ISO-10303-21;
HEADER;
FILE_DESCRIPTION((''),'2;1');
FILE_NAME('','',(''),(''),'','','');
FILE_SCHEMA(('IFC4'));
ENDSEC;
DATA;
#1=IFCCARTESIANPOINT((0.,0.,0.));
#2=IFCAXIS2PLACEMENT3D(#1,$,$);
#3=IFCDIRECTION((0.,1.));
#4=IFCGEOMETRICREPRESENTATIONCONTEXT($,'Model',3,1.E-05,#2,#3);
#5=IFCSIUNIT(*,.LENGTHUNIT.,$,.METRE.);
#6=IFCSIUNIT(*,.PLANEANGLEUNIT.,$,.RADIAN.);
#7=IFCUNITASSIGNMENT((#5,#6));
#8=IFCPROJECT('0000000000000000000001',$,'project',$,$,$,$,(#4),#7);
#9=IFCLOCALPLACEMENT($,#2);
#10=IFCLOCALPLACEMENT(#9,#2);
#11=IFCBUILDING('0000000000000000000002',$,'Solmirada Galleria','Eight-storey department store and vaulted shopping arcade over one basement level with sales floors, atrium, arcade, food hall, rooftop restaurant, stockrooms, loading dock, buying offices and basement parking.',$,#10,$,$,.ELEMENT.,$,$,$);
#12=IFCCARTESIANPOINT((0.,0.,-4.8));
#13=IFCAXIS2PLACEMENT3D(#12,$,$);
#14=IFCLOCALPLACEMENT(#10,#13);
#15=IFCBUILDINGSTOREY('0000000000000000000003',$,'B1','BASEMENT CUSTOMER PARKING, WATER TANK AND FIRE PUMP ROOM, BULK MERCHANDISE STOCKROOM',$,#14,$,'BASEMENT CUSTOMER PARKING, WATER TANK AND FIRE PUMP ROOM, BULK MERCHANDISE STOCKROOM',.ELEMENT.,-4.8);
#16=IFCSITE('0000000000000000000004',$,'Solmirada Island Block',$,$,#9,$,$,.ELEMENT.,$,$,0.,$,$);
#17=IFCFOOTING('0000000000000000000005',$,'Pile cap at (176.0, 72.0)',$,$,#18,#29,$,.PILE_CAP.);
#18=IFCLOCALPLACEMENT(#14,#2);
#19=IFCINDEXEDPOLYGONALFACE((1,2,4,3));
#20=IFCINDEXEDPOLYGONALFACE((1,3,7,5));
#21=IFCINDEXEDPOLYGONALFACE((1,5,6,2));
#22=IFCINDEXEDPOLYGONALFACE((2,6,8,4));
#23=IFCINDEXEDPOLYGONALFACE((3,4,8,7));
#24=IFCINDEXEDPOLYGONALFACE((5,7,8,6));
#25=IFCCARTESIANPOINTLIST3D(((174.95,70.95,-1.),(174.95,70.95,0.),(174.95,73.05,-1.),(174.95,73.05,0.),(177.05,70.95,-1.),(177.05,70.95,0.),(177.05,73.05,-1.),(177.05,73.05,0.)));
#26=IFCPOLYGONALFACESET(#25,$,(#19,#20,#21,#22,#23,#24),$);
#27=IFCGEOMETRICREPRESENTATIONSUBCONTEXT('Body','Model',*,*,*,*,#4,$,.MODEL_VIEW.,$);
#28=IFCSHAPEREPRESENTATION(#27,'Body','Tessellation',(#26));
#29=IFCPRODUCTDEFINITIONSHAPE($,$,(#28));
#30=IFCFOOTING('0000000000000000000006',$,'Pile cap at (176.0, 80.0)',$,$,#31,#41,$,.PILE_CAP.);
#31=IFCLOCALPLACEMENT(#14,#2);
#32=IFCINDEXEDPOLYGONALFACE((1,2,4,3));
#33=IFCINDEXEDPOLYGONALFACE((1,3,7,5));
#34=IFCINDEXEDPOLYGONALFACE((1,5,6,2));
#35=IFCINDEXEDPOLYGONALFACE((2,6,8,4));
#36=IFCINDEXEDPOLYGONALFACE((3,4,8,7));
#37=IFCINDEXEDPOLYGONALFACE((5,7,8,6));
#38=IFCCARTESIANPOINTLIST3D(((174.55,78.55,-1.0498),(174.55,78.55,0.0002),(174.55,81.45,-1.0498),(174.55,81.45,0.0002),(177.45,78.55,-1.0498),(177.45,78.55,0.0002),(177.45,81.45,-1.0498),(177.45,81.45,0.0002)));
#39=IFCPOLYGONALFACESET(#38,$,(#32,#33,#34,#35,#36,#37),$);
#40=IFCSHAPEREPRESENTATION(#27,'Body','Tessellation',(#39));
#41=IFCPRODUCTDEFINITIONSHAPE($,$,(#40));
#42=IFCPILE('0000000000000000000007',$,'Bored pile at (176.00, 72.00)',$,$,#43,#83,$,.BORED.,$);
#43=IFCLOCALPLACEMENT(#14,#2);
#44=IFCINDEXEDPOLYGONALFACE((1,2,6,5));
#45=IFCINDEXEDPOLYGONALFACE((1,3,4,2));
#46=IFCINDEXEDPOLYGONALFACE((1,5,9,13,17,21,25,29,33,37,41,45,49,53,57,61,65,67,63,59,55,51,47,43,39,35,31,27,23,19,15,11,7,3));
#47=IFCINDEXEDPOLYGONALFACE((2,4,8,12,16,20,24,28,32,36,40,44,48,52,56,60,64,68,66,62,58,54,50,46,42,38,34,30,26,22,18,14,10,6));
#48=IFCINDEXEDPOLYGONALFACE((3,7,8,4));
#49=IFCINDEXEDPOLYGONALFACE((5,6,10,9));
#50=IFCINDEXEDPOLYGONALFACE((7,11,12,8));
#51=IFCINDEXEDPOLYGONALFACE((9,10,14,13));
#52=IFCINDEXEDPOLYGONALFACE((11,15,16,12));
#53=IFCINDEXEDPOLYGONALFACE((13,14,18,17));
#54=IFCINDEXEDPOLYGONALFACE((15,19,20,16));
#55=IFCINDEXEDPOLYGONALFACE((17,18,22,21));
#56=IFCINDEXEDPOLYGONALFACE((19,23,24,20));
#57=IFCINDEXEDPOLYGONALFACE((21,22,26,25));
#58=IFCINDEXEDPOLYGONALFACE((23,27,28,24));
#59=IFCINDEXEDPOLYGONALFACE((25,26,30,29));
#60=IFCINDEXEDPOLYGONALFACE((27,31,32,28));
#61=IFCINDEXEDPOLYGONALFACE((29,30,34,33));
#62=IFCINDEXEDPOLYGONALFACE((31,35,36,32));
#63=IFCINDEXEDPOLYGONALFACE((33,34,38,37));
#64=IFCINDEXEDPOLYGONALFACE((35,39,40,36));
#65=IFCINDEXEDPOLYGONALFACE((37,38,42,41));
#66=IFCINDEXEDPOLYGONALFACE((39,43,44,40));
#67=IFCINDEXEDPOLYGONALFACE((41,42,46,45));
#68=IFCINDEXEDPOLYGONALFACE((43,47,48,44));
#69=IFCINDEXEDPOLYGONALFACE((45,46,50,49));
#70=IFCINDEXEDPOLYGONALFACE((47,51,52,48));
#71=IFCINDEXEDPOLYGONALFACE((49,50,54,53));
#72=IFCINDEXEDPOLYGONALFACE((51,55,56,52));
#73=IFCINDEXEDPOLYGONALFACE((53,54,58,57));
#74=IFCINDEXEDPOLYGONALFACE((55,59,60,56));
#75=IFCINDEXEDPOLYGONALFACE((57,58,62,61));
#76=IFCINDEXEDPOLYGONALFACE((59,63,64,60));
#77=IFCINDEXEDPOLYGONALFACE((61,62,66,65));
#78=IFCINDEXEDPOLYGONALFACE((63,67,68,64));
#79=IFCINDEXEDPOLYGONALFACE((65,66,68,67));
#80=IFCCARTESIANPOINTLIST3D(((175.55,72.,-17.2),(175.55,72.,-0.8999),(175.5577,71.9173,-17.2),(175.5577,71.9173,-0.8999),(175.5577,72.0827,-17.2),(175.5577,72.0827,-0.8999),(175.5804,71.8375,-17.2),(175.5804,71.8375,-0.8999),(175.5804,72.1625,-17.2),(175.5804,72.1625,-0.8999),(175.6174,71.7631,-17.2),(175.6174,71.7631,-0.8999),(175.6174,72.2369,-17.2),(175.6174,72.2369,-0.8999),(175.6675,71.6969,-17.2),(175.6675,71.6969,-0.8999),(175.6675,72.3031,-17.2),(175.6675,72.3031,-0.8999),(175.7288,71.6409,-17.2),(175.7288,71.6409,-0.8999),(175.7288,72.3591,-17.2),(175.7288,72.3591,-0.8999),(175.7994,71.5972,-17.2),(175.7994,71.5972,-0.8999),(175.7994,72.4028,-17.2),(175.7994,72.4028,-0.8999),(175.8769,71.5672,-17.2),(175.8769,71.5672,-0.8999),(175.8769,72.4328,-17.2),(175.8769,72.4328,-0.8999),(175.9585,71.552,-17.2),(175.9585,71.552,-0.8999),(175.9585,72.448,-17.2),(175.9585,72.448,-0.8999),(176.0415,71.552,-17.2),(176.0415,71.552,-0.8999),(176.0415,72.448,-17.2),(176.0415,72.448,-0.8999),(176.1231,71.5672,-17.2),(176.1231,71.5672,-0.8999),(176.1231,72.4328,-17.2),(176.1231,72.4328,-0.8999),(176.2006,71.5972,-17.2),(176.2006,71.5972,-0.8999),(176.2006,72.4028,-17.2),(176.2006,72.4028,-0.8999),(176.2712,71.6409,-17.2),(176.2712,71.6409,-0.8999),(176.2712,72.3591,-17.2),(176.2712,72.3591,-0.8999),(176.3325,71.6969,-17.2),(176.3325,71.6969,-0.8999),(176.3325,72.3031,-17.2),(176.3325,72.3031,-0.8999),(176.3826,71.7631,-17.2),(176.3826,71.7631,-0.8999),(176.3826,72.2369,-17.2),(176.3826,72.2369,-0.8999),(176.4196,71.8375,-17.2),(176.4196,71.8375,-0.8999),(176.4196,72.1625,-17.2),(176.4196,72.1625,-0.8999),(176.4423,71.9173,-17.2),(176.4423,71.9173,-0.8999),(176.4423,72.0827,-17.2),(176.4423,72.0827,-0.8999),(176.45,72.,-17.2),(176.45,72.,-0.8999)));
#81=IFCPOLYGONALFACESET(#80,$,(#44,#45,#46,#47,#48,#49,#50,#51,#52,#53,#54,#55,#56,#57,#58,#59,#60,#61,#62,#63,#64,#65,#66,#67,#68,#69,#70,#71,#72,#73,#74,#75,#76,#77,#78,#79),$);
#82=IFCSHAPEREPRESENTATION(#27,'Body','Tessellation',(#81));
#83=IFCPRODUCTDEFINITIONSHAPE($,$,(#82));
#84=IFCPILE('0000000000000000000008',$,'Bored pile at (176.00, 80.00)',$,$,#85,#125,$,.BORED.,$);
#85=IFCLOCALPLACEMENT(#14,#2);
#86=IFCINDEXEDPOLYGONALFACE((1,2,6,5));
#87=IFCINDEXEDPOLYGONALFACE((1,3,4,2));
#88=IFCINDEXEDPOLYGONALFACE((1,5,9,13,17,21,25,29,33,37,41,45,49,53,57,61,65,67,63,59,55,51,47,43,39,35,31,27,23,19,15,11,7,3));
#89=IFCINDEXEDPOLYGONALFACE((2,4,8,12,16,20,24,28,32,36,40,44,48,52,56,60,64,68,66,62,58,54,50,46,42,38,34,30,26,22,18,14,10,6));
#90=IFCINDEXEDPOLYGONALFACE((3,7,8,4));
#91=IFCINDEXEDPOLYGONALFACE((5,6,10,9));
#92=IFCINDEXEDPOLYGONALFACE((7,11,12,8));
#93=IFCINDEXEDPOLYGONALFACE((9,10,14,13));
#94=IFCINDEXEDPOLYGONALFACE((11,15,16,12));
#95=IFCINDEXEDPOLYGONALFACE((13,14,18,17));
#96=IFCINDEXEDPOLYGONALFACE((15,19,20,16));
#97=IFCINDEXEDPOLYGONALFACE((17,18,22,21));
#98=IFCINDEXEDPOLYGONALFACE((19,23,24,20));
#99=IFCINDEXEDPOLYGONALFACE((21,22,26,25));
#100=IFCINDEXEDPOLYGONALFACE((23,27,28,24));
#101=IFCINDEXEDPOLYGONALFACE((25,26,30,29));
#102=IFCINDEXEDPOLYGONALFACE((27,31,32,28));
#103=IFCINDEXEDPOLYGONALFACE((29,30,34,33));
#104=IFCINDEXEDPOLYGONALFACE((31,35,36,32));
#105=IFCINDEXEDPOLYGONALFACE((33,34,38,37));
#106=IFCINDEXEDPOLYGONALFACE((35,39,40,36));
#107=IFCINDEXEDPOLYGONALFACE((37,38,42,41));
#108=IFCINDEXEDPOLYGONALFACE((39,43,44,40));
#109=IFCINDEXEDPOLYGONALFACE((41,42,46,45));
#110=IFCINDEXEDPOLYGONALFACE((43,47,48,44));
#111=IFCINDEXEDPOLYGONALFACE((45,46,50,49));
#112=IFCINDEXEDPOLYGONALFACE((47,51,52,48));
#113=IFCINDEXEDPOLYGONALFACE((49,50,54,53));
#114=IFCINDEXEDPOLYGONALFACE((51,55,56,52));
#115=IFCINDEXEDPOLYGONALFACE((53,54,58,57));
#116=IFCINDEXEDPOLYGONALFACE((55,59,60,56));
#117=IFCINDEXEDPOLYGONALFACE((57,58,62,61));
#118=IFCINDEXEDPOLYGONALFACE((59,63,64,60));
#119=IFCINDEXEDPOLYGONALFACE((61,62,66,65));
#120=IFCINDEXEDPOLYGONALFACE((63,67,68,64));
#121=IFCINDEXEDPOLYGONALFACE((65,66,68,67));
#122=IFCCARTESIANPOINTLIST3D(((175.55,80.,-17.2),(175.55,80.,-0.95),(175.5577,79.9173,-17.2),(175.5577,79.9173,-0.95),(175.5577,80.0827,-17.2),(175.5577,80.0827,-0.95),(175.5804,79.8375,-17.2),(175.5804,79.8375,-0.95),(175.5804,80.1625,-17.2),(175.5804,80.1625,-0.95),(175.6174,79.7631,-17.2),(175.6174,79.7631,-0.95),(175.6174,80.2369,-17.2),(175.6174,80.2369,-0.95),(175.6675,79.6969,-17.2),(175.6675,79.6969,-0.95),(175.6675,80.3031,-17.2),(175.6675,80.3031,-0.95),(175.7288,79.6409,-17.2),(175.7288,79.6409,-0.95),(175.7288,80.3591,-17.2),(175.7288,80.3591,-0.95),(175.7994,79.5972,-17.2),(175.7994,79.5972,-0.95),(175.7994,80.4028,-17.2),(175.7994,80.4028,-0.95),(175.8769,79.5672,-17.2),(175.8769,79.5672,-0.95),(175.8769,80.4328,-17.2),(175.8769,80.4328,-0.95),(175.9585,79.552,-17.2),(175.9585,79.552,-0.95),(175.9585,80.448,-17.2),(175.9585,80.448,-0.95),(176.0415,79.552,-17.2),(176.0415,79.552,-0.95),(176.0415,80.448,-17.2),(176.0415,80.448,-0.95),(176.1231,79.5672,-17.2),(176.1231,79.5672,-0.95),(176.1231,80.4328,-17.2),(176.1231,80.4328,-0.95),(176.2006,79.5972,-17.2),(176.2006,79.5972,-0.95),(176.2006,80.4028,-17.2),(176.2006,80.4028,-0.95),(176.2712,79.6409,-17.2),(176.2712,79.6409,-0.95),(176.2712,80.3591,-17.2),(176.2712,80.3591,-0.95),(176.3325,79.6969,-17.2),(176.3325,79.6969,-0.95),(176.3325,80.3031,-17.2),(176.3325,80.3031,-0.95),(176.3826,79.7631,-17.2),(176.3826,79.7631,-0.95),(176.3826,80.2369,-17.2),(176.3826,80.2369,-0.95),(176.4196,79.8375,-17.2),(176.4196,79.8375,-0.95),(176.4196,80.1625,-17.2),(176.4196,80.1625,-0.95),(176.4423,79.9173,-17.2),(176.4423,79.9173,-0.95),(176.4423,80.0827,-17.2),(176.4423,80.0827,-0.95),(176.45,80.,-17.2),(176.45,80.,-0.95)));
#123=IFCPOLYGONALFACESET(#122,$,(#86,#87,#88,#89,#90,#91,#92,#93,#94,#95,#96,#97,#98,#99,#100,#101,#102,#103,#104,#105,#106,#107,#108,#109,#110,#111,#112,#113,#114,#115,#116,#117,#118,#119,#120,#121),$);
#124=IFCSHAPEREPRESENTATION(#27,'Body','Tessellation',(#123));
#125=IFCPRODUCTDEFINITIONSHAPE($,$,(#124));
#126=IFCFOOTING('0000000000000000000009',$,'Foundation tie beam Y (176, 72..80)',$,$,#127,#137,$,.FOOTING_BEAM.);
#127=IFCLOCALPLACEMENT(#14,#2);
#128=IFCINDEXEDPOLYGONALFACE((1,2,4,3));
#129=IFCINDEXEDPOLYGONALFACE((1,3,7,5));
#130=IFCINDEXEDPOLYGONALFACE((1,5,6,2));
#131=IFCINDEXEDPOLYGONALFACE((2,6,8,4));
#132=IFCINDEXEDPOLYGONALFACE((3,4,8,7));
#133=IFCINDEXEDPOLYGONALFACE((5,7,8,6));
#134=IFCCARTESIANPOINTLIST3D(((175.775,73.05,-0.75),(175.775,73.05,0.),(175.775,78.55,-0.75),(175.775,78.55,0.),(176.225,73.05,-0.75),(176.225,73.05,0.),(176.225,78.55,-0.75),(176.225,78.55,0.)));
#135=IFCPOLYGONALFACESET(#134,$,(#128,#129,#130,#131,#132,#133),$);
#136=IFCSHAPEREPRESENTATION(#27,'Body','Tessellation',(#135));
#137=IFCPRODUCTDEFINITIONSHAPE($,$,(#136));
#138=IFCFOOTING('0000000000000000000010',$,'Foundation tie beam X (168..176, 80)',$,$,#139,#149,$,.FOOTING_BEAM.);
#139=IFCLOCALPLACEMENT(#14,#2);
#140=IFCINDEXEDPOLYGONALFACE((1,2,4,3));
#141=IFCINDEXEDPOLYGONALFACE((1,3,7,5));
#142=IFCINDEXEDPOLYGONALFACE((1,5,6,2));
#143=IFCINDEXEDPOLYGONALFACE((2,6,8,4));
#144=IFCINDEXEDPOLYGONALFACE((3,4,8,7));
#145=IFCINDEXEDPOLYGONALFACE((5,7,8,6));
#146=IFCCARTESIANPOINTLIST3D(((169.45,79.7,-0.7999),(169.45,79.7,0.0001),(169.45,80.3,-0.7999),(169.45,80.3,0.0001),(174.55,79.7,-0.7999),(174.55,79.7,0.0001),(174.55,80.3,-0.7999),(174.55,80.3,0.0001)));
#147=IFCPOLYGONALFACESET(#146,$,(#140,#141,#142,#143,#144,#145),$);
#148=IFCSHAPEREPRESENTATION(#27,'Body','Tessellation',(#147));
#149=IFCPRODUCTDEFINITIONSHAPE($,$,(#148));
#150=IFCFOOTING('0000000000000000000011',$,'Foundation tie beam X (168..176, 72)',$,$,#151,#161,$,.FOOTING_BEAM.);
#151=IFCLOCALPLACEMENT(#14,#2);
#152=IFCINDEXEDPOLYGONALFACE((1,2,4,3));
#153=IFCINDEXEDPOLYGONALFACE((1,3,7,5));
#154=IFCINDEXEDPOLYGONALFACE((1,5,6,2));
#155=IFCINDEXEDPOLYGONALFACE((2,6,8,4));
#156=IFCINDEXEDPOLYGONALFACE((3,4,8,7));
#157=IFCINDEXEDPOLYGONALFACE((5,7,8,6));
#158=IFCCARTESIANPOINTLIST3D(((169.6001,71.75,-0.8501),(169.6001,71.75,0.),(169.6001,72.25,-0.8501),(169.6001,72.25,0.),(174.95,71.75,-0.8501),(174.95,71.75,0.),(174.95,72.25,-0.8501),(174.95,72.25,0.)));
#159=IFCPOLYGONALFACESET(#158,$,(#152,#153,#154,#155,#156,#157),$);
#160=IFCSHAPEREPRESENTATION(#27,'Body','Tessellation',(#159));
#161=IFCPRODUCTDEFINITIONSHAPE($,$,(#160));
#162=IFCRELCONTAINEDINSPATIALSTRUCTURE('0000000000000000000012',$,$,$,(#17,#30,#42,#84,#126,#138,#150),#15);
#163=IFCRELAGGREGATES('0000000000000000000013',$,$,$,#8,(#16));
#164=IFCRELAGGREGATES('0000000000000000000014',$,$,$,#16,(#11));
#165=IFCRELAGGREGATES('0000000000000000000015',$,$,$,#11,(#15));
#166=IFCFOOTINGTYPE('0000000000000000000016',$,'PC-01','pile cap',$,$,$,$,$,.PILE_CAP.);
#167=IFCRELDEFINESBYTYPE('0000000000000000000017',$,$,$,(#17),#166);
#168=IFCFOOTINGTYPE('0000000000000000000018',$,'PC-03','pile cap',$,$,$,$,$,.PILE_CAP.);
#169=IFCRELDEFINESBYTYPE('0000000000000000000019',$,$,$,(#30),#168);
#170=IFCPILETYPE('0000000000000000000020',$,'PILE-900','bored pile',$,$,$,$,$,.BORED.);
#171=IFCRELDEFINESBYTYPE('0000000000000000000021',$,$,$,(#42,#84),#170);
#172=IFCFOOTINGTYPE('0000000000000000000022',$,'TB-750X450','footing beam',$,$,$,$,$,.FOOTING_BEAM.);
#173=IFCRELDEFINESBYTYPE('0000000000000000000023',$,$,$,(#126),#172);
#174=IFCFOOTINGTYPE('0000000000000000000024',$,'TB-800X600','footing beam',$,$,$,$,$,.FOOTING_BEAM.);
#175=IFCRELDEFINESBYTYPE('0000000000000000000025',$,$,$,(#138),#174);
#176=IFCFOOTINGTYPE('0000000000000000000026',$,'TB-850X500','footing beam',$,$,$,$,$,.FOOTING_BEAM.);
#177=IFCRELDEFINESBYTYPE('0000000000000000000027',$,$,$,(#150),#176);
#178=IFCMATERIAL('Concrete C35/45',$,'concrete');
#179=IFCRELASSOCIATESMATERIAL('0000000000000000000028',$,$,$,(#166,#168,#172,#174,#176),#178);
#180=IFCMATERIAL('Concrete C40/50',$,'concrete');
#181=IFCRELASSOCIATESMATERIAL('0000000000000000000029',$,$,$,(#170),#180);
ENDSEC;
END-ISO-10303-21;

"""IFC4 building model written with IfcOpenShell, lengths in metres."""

from ifc_helpers import new_model, si_unit, direction, frame, origin, origin_2d, place, context, subcontext, project, spatial, rectangle, circle, extrude, material, material_profile, profile_set, type_object, element, save


model = new_model("IFC4")

# Units and contexts
model_context = context("Model", 3, precision=1e-05, world=origin(), true_north=direction((0.0, 1.0)))
body_context = subcontext(model_context, "Body", "Model", "MODEL_VIEW")
ifc_project = project(units=[si_unit("LENGTHUNIT", "METRE"), si_unit("PLANEANGLEUNIT", "RADIAN")], contexts=[model_context])

# Site, building, storey
site_placement = place(None, origin())
site = spatial("IfcSite", under=ifc_project, at=site_placement, Name="Solmirada Island Block", CompositionType="ELEMENT", RefElevation=0.0)
building_placement = place(site_placement, origin())
building = spatial("IfcBuilding", under=site, at=building_placement, Name="Solmirada Galleria", Description="Eight-storey department store and vaulted shopping arcade over one basement level with sales floors, atrium, arcade, food hall, rooftop restaurant, stockrooms, loading dock, buying offices and basement parking.", CompositionType="ELEMENT")
storey_placement = place(building_placement, frame((0.0, 0.0, -4.8)))
storey = spatial("IfcBuildingStorey", under=building, at=storey_placement, Name="B1", Description="BASEMENT CUSTOMER PARKING, WATER TANK AND FIRE PUMP ROOM, BULK MERCHANDISE STOCKROOM", LongName="BASEMENT CUSTOMER PARKING, WATER TANK AND FIRE PUMP ROOM, BULK MERCHANDISE STOCKROOM", CompositionType="ELEMENT", Elevation=-4.8)

# Footings
ifc_material_1 = material(Name="Concrete C35/45", Category="concrete")
footing_type_1 = type_object("IfcFootingType", Name="PC-01", Description="pile cap", PredefinedType="PILE_CAP", material=ifc_material_1)
footing_1_placement = place(storey_placement, frame((176.0, 72.0, -1.0), z_axis=(0.0, 0.0, 1.0), x_axis=(1.0, 0.0, 0.0)))
element("IfcFooting", 1, at=footing_1_placement, inside=storey, type_object=footing_type_1, Name="Pile cap at (176.0, 72.0)", PredefinedType="PILE_CAP", context=body_context, shape_type="SweptSolid", body=[
    extrude(rectangle(XDim=2.1001, YDim=2.1001, at=origin_2d()), origin(), (0.0, 0.0, 1.0), 1.0),
])
footing_type_2 = type_object("IfcFootingType", Name="PC-03", Description="pile cap", PredefinedType="PILE_CAP", material=ifc_material_1)
footing_2_placement = place(storey_placement, frame((176.0, 80.0, -1.0498), z_axis=(0.0, 0.0, 1.0), x_axis=(1.0, 0.0, 0.0)))
element("IfcFooting", 2, at=footing_2_placement, inside=storey, type_object=footing_type_2, Name="Pile cap at (176.0, 80.0)", PredefinedType="PILE_CAP", context=body_context, shape_type="SweptSolid", body=[
    extrude(rectangle(XDim=2.8999, YDim=2.8999, at=origin_2d()), origin(), (0.0, 0.0, 1.0), 1.05),
])

# Piles
ifc_material_2 = material(Name="Concrete C40/50", Category="concrete")
ifc_material_profile_1 = material_profile(ifc_material_2, circle(Radius=0.45, at=origin_2d()), Name="PILE900")
ifc_profile_set_1 = profile_set([ifc_material_profile_1], Name="Concrete C40/50")
pile_type = type_object("IfcPileType", Name="PILE-900", Description="bored pile", PredefinedType="BORED", material=ifc_profile_set_1)
pile_1_placement = place(storey_placement, frame((176.0, 72.0, -0.8999), z_axis=(0.0, 0.0, -1.0), x_axis=(1.0, 0.0, 0.0)))
element("IfcPile", 3, at=pile_1_placement, inside=storey, type_object=pile_type, Name="Bored pile at (176.00, 72.00)", PredefinedType="BORED", context=body_context, shape_type="SweptSolid", body=[
    extrude(circle(Radius=0.45, at=origin_2d()), origin(), (0.0, 0.0, 1.0), 16.3),
])
pile_2_placement = place(storey_placement, frame((176.0, 80.0, -0.95), z_axis=(0.0, 0.0, -1.0), x_axis=(1.0, 0.0, 0.0)))
element("IfcPile", 4, at=pile_2_placement, inside=storey, type_object=pile_type, Name="Bored pile at (176.00, 80.00)", PredefinedType="BORED", context=body_context, shape_type="SweptSolid", body=[
    extrude(circle(Radius=0.45, at=origin_2d()), origin(), (0.0, 0.0, 1.0), 16.25),
])

# Footings
ifc_material_profile_2 = material_profile(ifc_material_1, rectangle(XDim=0.45, YDim=0.75, at=origin_2d()), Name="RC750X450")
ifc_profile_set_2 = profile_set([ifc_material_profile_2], Name="Concrete C35/45")
footing_type_3 = type_object("IfcFootingType", Name="TB-750X450", Description="footing beam", PredefinedType="FOOTING_BEAM", material=ifc_profile_set_2)
footing_3_placement = place(storey_placement, frame((176.0, 73.05, -0.375), z_axis=(0.0, 1.0, 0.0), x_axis=(-1.0, 0.0, 0.0)))
element("IfcFooting", 5, at=footing_3_placement, inside=storey, type_object=footing_type_3, Name="Foundation tie beam Y (176, 72..80)", PredefinedType="FOOTING_BEAM", context=body_context, shape_type="SweptSolid", body=[
    extrude(rectangle(XDim=0.45, YDim=0.75, at=origin_2d()), origin(), (0.0, 0.0, 1.0), 5.5),
])
ifc_material_profile_3 = material_profile(ifc_material_1, rectangle(XDim=0.6001, YDim=0.8, at=origin_2d()), Name="RC800X600")
ifc_profile_set_3 = profile_set([ifc_material_profile_3], Name="Concrete C35/45")
footing_type_4 = type_object("IfcFootingType", Name="TB-800X600", Description="footing beam", PredefinedType="FOOTING_BEAM", material=ifc_profile_set_3)
footing_4_placement = place(storey_placement, frame((169.45, 80.0, -0.3999), z_axis=(1.0, 0.0, 0.0), x_axis=(0.0, 1.0, 0.0)))
element("IfcFooting", 6, at=footing_4_placement, inside=storey, type_object=footing_type_4, Name="Foundation tie beam X (168..176, 80)", PredefinedType="FOOTING_BEAM", context=body_context, shape_type="SweptSolid", body=[
    extrude(rectangle(XDim=0.6001, YDim=0.8, at=origin_2d()), origin(), (0.0, 0.0, 1.0), 5.1001),
])
ifc_material_profile_4 = material_profile(ifc_material_1, rectangle(XDim=0.5, YDim=0.8501, at=origin_2d()), Name="RC850X500")
ifc_profile_set_4 = profile_set([ifc_material_profile_4], Name="Concrete C35/45")
footing_type_5 = type_object("IfcFootingType", Name="TB-850X500", Description="footing beam", PredefinedType="FOOTING_BEAM", material=ifc_profile_set_4)
footing_5_placement = place(storey_placement, frame((169.6001, 72.0, -0.425), z_axis=(1.0, 0.0, 0.0), x_axis=(0.0, 1.0, 0.0)))
element("IfcFooting", 7, at=footing_5_placement, inside=storey, type_object=footing_type_5, Name="Foundation tie beam X (168..176, 72)", PredefinedType="FOOTING_BEAM", context=body_context, shape_type="SweptSolid", body=[
    extrude(rectangle(XDim=0.5, YDim=0.8501, at=origin_2d()), origin(), (0.0, 0.0, 1.0), 5.3499),
])

save(model, "model.ifc")
